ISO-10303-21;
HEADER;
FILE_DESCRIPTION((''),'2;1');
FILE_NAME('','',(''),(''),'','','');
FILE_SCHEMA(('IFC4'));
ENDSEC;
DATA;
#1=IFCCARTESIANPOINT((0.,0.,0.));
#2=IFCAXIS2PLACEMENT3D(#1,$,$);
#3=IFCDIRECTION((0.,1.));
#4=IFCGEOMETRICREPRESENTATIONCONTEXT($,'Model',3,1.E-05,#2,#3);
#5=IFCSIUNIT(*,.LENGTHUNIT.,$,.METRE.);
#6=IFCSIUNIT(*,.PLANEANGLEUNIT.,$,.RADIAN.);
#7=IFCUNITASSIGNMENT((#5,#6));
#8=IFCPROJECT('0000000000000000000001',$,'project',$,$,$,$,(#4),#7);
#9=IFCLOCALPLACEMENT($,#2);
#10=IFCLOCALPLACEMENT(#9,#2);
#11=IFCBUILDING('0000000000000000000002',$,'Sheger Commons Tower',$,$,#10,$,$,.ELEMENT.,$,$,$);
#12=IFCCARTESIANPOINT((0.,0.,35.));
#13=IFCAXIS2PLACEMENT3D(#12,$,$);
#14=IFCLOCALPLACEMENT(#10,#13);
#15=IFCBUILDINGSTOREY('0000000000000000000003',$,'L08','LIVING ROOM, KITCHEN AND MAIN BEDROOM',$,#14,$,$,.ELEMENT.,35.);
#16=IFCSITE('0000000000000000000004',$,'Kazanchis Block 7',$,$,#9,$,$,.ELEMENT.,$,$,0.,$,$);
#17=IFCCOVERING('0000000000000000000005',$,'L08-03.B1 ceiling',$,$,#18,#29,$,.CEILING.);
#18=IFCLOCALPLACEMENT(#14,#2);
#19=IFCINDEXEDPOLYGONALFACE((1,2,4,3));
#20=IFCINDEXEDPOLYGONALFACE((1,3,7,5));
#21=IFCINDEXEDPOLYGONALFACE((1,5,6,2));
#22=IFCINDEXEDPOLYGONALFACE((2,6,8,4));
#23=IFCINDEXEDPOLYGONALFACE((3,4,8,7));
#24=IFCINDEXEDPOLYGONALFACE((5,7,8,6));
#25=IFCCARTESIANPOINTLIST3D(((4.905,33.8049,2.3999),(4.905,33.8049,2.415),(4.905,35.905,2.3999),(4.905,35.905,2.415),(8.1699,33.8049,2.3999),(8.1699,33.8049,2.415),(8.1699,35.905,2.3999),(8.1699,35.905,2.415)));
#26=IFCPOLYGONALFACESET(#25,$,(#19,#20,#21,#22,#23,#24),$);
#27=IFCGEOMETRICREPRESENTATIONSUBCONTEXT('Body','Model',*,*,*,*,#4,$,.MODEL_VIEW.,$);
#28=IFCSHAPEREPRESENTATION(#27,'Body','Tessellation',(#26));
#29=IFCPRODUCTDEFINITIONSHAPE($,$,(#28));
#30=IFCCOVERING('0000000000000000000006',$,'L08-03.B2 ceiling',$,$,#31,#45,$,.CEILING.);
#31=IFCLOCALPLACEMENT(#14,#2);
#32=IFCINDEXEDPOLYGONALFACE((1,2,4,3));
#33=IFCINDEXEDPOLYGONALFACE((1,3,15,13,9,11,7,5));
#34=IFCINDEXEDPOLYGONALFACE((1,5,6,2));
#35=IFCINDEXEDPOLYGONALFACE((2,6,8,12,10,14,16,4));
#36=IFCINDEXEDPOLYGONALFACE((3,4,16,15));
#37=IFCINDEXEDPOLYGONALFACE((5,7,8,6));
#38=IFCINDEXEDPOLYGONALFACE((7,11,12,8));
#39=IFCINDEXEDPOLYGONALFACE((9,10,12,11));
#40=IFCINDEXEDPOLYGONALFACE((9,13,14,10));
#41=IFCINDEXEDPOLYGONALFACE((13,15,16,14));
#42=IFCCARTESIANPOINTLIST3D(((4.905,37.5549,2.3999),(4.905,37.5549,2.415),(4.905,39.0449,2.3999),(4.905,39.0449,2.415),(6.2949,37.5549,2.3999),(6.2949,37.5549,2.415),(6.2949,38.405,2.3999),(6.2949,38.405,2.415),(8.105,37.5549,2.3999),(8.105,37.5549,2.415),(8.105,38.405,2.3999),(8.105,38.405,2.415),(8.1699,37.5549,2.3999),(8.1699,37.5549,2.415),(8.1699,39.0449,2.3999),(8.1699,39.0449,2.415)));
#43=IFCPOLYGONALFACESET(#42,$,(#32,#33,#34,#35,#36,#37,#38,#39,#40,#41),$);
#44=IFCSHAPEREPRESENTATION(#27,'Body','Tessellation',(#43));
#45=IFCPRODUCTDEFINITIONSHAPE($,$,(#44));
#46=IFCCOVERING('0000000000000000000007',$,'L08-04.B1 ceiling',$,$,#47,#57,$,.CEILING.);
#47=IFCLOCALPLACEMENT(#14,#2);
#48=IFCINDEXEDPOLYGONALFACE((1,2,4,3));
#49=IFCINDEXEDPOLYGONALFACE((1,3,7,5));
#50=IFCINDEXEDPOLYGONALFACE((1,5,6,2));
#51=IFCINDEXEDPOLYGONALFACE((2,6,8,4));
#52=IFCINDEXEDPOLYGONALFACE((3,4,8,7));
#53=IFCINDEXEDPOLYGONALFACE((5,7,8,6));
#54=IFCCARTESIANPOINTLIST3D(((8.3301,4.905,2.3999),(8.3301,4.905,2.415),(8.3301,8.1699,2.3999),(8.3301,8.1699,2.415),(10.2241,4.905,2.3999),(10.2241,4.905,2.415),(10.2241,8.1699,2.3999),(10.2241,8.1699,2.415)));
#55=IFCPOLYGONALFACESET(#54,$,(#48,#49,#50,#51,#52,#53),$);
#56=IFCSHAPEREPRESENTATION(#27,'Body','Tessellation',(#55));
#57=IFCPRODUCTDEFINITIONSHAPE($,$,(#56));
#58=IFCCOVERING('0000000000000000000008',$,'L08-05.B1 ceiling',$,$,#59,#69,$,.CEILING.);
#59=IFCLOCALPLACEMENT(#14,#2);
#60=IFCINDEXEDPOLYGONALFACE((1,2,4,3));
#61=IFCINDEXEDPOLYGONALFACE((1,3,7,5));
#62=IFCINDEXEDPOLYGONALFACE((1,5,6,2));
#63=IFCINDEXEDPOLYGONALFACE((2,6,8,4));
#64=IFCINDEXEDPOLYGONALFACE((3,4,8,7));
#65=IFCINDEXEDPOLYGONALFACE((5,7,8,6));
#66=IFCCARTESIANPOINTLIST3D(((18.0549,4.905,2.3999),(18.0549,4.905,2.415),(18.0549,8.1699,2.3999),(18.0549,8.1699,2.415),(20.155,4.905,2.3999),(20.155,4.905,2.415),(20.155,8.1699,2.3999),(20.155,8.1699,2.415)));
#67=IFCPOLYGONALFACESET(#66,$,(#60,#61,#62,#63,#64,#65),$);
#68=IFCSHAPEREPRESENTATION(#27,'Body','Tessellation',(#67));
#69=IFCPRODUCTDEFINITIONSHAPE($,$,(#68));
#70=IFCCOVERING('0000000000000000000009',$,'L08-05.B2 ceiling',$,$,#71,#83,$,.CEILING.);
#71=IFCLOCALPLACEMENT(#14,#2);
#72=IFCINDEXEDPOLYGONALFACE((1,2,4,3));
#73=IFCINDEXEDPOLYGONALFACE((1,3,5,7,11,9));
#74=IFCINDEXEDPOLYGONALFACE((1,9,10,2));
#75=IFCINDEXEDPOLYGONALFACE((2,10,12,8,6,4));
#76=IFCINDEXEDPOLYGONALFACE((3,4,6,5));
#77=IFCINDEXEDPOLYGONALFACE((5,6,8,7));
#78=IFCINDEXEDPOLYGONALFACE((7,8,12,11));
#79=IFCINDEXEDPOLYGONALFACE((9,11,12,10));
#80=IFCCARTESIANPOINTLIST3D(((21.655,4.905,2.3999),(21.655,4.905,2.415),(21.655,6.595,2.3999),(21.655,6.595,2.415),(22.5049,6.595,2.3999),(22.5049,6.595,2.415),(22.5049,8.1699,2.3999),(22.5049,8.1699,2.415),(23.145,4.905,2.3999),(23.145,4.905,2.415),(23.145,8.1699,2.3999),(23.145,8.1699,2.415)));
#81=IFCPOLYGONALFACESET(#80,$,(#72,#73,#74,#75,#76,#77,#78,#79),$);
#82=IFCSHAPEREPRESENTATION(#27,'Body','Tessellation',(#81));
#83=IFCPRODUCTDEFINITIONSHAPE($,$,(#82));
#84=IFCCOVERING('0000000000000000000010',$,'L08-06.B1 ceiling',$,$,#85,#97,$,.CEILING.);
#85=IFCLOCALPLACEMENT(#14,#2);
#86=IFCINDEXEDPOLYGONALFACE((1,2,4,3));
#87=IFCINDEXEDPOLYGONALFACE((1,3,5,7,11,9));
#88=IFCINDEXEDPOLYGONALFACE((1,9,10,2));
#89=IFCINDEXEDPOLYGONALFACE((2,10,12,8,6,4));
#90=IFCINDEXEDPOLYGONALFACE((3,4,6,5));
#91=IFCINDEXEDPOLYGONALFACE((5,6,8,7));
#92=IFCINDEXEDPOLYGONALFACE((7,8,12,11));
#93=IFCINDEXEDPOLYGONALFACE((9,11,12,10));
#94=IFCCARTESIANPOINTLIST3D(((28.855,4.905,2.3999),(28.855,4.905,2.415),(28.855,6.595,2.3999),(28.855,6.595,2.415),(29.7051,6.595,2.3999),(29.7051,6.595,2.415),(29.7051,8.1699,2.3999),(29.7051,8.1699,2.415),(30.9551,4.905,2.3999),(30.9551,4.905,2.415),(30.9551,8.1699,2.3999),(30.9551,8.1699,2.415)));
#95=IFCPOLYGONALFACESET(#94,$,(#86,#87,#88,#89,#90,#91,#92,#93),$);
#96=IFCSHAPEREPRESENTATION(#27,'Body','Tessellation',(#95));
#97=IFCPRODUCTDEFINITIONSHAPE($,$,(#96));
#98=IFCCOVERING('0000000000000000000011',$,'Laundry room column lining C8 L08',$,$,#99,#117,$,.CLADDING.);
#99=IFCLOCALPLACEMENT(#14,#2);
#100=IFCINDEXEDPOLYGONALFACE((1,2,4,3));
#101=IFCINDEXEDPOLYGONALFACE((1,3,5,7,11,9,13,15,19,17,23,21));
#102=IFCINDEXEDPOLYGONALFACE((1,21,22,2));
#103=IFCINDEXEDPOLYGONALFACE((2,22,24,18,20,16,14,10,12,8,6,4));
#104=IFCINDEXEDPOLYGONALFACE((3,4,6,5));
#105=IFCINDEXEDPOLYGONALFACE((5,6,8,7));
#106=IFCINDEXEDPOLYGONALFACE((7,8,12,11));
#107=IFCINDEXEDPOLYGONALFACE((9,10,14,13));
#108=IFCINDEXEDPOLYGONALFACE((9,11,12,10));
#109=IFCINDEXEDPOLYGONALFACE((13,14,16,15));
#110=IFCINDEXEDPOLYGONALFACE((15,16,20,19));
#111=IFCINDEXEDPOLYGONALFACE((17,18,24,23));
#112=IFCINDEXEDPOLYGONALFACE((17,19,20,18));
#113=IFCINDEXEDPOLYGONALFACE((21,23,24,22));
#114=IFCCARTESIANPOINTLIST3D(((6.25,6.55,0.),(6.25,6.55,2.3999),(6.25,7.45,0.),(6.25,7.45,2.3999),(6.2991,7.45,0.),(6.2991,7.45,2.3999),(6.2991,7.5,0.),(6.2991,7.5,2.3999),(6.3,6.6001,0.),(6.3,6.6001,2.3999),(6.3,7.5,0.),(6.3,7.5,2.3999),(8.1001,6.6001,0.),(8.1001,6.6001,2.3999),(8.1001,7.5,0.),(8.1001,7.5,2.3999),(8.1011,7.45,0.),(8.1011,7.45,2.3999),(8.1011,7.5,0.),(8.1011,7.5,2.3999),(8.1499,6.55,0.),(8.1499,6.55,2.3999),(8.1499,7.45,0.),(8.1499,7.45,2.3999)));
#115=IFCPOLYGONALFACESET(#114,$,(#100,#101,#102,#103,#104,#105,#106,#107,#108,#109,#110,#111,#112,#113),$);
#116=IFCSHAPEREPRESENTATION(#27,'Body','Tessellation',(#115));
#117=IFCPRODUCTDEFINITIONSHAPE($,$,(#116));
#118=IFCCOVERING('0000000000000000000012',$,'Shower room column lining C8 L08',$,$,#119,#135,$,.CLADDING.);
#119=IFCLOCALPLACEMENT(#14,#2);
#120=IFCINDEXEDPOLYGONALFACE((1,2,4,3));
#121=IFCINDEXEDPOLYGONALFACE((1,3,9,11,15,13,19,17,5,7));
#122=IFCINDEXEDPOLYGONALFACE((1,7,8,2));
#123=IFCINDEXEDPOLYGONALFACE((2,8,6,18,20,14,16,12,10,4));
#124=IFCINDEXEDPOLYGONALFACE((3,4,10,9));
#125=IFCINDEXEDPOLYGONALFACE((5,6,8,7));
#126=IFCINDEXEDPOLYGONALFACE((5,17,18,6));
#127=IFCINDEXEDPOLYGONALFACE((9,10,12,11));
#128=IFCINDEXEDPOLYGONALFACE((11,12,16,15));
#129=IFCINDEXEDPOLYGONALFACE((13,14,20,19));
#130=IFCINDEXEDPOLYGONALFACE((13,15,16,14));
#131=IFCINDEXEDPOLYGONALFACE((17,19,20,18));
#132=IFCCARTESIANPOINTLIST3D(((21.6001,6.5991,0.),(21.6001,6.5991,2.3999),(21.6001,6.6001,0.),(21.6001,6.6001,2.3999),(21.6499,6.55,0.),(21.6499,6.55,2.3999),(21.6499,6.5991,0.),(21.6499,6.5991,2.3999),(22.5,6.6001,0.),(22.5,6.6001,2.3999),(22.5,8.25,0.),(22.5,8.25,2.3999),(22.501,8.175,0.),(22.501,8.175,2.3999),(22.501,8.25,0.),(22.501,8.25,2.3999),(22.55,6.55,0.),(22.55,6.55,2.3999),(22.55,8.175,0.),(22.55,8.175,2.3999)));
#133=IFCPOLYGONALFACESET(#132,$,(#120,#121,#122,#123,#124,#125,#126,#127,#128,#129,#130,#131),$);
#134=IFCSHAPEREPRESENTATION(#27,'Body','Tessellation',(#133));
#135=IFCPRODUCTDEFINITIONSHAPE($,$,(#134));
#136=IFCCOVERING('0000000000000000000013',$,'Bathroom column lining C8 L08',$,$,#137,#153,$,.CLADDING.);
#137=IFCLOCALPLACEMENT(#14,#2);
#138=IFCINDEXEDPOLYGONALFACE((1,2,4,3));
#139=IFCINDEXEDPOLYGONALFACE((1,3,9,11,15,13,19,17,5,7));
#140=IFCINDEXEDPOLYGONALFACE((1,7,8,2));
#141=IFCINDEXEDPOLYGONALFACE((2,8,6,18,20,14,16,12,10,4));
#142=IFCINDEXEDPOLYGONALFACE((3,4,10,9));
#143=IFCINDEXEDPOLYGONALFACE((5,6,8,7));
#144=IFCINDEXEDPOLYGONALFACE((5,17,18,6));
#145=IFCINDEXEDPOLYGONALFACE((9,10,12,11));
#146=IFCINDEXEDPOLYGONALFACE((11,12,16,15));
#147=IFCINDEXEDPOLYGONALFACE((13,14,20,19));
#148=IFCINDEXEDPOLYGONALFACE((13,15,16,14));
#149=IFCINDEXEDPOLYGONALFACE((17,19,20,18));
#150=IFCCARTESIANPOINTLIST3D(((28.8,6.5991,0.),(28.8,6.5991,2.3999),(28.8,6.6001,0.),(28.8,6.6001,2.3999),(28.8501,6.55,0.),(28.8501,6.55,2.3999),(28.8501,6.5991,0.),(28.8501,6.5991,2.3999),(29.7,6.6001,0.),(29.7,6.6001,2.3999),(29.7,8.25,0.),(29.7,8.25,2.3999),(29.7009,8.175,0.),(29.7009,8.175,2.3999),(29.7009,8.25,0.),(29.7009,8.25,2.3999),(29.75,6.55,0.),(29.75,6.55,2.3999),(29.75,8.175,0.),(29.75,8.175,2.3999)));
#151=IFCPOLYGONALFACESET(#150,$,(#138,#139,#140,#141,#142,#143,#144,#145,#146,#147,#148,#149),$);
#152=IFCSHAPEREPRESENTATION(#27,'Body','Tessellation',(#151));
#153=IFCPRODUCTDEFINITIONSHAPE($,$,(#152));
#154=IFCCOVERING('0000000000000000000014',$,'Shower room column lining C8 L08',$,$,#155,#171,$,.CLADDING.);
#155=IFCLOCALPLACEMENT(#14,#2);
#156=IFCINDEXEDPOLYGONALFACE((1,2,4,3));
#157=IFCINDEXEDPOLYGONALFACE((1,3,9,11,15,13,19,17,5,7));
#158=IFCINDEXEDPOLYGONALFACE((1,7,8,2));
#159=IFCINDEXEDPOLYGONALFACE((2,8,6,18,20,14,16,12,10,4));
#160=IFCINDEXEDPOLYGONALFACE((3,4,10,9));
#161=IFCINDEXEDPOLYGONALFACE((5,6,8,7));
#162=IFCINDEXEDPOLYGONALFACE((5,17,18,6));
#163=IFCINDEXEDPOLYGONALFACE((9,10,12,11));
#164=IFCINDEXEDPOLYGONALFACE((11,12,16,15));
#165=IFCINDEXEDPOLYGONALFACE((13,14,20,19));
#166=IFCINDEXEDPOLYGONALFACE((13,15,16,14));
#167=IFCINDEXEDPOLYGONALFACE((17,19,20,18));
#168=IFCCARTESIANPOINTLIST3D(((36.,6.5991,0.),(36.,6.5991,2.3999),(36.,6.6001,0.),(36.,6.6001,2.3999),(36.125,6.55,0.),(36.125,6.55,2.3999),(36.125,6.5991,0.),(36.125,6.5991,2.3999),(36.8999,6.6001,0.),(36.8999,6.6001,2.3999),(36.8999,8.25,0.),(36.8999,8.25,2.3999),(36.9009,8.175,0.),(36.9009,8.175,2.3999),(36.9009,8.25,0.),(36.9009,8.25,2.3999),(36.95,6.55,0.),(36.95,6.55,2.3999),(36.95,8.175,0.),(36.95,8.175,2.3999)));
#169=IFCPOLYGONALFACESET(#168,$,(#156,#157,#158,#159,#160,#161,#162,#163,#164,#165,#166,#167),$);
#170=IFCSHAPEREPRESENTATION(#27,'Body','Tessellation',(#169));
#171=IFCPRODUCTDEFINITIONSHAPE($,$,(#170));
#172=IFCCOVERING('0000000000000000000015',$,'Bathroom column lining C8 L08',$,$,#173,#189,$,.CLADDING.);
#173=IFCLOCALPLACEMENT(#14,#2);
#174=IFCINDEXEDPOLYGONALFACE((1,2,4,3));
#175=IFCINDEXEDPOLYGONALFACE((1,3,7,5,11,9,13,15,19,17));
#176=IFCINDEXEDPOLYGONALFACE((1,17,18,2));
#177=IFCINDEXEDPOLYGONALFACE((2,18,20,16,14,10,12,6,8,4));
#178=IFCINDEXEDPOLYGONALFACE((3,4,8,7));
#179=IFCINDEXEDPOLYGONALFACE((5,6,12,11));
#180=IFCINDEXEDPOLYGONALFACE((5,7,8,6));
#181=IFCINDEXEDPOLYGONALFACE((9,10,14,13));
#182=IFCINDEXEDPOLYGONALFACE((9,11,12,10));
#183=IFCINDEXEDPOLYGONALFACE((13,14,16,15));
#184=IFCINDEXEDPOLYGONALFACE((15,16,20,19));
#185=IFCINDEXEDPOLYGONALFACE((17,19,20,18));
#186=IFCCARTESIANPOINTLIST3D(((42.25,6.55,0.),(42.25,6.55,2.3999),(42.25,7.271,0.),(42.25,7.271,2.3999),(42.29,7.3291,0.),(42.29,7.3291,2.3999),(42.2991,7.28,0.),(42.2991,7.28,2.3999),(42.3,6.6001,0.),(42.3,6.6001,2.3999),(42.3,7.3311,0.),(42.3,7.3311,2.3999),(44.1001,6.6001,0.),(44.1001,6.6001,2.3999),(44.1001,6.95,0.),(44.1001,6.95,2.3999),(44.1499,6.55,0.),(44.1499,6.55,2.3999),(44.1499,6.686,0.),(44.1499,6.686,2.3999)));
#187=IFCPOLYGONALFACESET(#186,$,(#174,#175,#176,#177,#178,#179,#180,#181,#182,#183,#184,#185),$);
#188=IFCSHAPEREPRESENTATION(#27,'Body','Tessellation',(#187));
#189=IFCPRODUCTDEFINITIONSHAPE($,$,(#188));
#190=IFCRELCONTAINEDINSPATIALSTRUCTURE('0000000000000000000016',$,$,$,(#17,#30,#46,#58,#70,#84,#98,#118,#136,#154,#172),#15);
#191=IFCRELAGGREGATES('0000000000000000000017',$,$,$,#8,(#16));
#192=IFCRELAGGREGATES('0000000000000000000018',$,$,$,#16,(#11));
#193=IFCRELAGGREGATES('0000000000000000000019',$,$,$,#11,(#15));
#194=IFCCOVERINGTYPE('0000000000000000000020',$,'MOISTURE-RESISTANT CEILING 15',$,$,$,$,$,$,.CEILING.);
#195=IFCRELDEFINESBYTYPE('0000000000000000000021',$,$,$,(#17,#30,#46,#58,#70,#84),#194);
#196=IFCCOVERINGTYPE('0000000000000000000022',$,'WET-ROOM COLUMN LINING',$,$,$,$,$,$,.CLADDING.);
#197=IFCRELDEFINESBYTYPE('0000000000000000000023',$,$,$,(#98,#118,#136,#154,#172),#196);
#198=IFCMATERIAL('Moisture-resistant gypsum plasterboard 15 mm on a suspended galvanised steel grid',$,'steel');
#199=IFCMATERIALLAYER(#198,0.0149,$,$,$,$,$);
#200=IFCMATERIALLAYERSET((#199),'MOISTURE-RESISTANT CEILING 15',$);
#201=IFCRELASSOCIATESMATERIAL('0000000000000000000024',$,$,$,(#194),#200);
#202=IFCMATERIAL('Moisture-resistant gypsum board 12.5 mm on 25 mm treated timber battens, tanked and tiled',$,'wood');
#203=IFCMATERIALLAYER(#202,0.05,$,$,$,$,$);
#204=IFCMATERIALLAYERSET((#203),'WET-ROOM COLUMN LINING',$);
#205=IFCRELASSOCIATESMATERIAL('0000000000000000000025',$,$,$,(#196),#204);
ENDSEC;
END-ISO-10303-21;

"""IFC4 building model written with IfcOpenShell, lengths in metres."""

from ifc_helpers import new_model, si_unit, direction, frame, origin, place, context, subcontext, project, spatial, polyline, outline, extrude, material, layer, layer_set, type_object, element, save


model = new_model("IFC4")

# Units and contexts
model_context = context("Model", 3, precision=1e-05, world=origin(), true_north=direction((0.0, 1.0)))
body_context = subcontext(model_context, "Body", "Model", "MODEL_VIEW")
ifc_project = project(units=[si_unit("LENGTHUNIT", "METRE"), si_unit("PLANEANGLEUNIT", "RADIAN")], contexts=[model_context])

# Site, building, storey
site_placement = place(None, origin())
site = spatial("IfcSite", under=ifc_project, at=site_placement, Name="Kazanchis Block 7", CompositionType="ELEMENT", RefElevation=0.0)
building_placement = place(site_placement, origin())
building = spatial("IfcBuilding", under=site, at=building_placement, Name="Sheger Commons Tower", CompositionType="ELEMENT")
storey_placement = place(building_placement, frame((0.0, 0.0, 35.0)))
storey = spatial("IfcBuildingStorey", under=building, at=storey_placement, Name="L08", Description="LIVING ROOM, KITCHEN AND MAIN BEDROOM", CompositionType="ELEMENT", Elevation=35.0)

# Coverings
ifc_material_1 = material(Name="Moisture-resistant gypsum plasterboard 15 mm on a suspended galvanised steel grid", Category="steel")
ifc_layer_1 = layer(ifc_material_1, 0.0149)
ifc_layer_set_1 = layer_set([ifc_layer_1], Name="MOISTURE-RESISTANT CEILING 15")
covering_type_1 = type_object("IfcCoveringType", Name="MOISTURE-RESISTANT CEILING 15", PredefinedType="CEILING", material=ifc_layer_set_1)
covering_1_placement = place(storey_placement, frame((0.0, 0.0, 2.3999)))
element("IfcCovering", 1, at=covering_1_placement, inside=storey, type_object=covering_type_1, Name="L08-03.B1 ceiling", PredefinedType="CEILING", context=body_context, shape_type="SweptSolid", body=[
    extrude(outline(polyline([(4.905, 33.8049), (8.1699, 33.8049), (8.1699, 35.905), (4.905, 35.905), (4.905, 33.8049)])), origin(), (0.0, 0.0, 1.0), 0.0151),
])
covering_2_placement = place(storey_placement, frame((0.0, 0.0, 2.3999)))
element("IfcCovering", 2, at=covering_2_placement, inside=storey, type_object=covering_type_1, Name="L08-03.B2 ceiling", PredefinedType="CEILING", context=body_context, shape_type="SweptSolid", body=[
    extrude(outline(polyline([(4.905, 37.5549), (6.2949, 37.5549), (6.2949, 38.405), (8.105, 38.405), (8.105, 37.5549), (8.1699, 37.5549), (8.1699, 39.0449), (4.905, 39.0449), (4.905, 37.5549)])), origin(), (0.0, 0.0, 1.0), 0.0151),
])
covering_3_placement = place(storey_placement, frame((0.0, 0.0, 2.3999)))
element("IfcCovering", 3, at=covering_3_placement, inside=storey, type_object=covering_type_1, Name="L08-04.B1 ceiling", PredefinedType="CEILING", context=body_context, shape_type="SweptSolid", body=[
    extrude(outline(polyline([(8.3301, 4.905), (10.2241, 4.905), (10.2241, 8.1699), (8.3301, 8.1699), (8.3301, 4.905)])), origin(), (0.0, 0.0, 1.0), 0.0151),
])
covering_4_placement = place(storey_placement, frame((0.0, 0.0, 2.3999)))
element("IfcCovering", 4, at=covering_4_placement, inside=storey, type_object=covering_type_1, Name="L08-05.B1 ceiling", PredefinedType="CEILING", context=body_context, shape_type="SweptSolid", body=[
    extrude(outline(polyline([(18.0549, 4.905), (20.155, 4.905), (20.155, 8.1699), (18.0549, 8.1699), (18.0549, 4.905)])), origin(), (0.0, 0.0, 1.0), 0.0151),
])
covering_5_placement = place(storey_placement, frame((0.0, 0.0, 2.3999)))
element("IfcCovering", 5, at=covering_5_placement, inside=storey, type_object=covering_type_1, Name="L08-05.B2 ceiling", PredefinedType="CEILING", context=body_context, shape_type="SweptSolid", body=[
    extrude(outline(polyline([(21.655, 4.905), (23.145, 4.905), (23.145, 8.1699), (22.5049, 8.1699), (22.5049, 6.595), (21.655, 6.595), (21.655, 4.905)])), origin(), (0.0, 0.0, 1.0), 0.0151),
])
covering_6_placement = place(storey_placement, frame((0.0, 0.0, 2.3999)))
element("IfcCovering", 6, at=covering_6_placement, inside=storey, type_object=covering_type_1, Name="L08-06.B1 ceiling", PredefinedType="CEILING", context=body_context, shape_type="SweptSolid", body=[
    extrude(outline(polyline([(28.855, 4.905), (30.9551, 4.905), (30.9551, 8.1699), (29.7051, 8.1699), (29.7051, 6.595), (28.855, 6.595), (28.855, 4.905)])), origin(), (0.0, 0.0, 1.0), 0.0151),
])
ifc_material_2 = material(Name="Moisture-resistant gypsum board 12.5 mm on 25 mm treated timber battens, tanked and tiled", Category="wood")
ifc_layer_2 = layer(ifc_material_2, 0.05)
ifc_layer_set_2 = layer_set([ifc_layer_2], Name="WET-ROOM COLUMN LINING")
covering_type_2 = type_object("IfcCoveringType", Name="WET-ROOM COLUMN LINING", PredefinedType="CLADDING", material=ifc_layer_set_2)
covering_7_placement = place(storey_placement, origin())
element("IfcCovering", 7, at=covering_7_placement, inside=storey, type_object=covering_type_2, Name="Laundry room column lining C8 L08", PredefinedType="CLADDING", context=body_context, shape_type="SweptSolid", body=[
    extrude(outline(polyline([(6.3, 7.5), (6.3, 6.6001), (8.1001, 6.6001), (8.1001, 7.5), (8.1011, 7.5), (8.1011, 7.45), (8.1499, 7.45), (8.1499, 6.55), (6.25, 6.55), (6.25, 7.45), (6.2991, 7.45), (6.2991, 7.5), (6.3, 7.5)])), origin(), (0.0, 0.0, 1.0), 2.3999),
])
covering_8_placement = place(storey_placement, origin())
element("IfcCovering", 8, at=covering_8_placement, inside=storey, type_object=covering_type_2, Name="Shower room column lining C8 L08", PredefinedType="CLADDING", context=body_context, shape_type="SweptSolid", body=[
    extrude(outline(polyline([(21.6499, 6.55), (21.6499, 6.5991), (21.6001, 6.5991), (21.6001, 6.6001), (22.5, 6.6001), (22.5, 8.25), (22.501, 8.25), (22.501, 8.175), (22.55, 8.175), (22.55, 6.55), (21.6499, 6.55)])), origin(), (0.0, 0.0, 1.0), 2.3999),
])
covering_9_placement = place(storey_placement, origin())
element("IfcCovering", 9, at=covering_9_placement, inside=storey, type_object=covering_type_2, Name="Bathroom column lining C8 L08", PredefinedType="CLADDING", context=body_context, shape_type="SweptSolid", body=[
    extrude(outline(polyline([(28.8501, 6.55), (28.8501, 6.5991), (28.8, 6.5991), (28.8, 6.6001), (29.7, 6.6001), (29.7, 8.25), (29.7009, 8.25), (29.7009, 8.175), (29.75, 8.175), (29.75, 6.55), (28.8501, 6.55)])), origin(), (0.0, 0.0, 1.0), 2.3999),
])
covering_10_placement = place(storey_placement, origin())
element("IfcCovering", 10, at=covering_10_placement, inside=storey, type_object=covering_type_2, Name="Shower room column lining C8 L08", PredefinedType="CLADDING", context=body_context, shape_type="SweptSolid", body=[
    extrude(outline(polyline([(36.125, 6.55), (36.125, 6.5991), (36.0, 6.5991), (36.0, 6.6001), (36.8999, 6.6001), (36.8999, 8.25), (36.9009, 8.25), (36.9009, 8.175), (36.95, 8.175), (36.95, 6.55), (36.125, 6.55)])), origin(), (0.0, 0.0, 1.0), 2.3999),
])
covering_11_placement = place(storey_placement, origin())
element("IfcCovering", 11, at=covering_11_placement, inside=storey, type_object=covering_type_2, Name="Bathroom column lining C8 L08", PredefinedType="CLADDING", context=body_context, shape_type="SweptSolid", body=[
    extrude(outline(polyline([(42.3, 7.3311), (42.3, 6.6001), (44.1001, 6.6001), (44.1001, 6.95), (44.1499, 6.686), (44.1499, 6.55), (42.25, 6.55), (42.25, 7.271), (42.2991, 7.28), (42.29, 7.3291), (42.3, 7.3311)])), origin(), (0.0, 0.0, 1.0), 2.3999),
])

save(model, "model.ifc")
